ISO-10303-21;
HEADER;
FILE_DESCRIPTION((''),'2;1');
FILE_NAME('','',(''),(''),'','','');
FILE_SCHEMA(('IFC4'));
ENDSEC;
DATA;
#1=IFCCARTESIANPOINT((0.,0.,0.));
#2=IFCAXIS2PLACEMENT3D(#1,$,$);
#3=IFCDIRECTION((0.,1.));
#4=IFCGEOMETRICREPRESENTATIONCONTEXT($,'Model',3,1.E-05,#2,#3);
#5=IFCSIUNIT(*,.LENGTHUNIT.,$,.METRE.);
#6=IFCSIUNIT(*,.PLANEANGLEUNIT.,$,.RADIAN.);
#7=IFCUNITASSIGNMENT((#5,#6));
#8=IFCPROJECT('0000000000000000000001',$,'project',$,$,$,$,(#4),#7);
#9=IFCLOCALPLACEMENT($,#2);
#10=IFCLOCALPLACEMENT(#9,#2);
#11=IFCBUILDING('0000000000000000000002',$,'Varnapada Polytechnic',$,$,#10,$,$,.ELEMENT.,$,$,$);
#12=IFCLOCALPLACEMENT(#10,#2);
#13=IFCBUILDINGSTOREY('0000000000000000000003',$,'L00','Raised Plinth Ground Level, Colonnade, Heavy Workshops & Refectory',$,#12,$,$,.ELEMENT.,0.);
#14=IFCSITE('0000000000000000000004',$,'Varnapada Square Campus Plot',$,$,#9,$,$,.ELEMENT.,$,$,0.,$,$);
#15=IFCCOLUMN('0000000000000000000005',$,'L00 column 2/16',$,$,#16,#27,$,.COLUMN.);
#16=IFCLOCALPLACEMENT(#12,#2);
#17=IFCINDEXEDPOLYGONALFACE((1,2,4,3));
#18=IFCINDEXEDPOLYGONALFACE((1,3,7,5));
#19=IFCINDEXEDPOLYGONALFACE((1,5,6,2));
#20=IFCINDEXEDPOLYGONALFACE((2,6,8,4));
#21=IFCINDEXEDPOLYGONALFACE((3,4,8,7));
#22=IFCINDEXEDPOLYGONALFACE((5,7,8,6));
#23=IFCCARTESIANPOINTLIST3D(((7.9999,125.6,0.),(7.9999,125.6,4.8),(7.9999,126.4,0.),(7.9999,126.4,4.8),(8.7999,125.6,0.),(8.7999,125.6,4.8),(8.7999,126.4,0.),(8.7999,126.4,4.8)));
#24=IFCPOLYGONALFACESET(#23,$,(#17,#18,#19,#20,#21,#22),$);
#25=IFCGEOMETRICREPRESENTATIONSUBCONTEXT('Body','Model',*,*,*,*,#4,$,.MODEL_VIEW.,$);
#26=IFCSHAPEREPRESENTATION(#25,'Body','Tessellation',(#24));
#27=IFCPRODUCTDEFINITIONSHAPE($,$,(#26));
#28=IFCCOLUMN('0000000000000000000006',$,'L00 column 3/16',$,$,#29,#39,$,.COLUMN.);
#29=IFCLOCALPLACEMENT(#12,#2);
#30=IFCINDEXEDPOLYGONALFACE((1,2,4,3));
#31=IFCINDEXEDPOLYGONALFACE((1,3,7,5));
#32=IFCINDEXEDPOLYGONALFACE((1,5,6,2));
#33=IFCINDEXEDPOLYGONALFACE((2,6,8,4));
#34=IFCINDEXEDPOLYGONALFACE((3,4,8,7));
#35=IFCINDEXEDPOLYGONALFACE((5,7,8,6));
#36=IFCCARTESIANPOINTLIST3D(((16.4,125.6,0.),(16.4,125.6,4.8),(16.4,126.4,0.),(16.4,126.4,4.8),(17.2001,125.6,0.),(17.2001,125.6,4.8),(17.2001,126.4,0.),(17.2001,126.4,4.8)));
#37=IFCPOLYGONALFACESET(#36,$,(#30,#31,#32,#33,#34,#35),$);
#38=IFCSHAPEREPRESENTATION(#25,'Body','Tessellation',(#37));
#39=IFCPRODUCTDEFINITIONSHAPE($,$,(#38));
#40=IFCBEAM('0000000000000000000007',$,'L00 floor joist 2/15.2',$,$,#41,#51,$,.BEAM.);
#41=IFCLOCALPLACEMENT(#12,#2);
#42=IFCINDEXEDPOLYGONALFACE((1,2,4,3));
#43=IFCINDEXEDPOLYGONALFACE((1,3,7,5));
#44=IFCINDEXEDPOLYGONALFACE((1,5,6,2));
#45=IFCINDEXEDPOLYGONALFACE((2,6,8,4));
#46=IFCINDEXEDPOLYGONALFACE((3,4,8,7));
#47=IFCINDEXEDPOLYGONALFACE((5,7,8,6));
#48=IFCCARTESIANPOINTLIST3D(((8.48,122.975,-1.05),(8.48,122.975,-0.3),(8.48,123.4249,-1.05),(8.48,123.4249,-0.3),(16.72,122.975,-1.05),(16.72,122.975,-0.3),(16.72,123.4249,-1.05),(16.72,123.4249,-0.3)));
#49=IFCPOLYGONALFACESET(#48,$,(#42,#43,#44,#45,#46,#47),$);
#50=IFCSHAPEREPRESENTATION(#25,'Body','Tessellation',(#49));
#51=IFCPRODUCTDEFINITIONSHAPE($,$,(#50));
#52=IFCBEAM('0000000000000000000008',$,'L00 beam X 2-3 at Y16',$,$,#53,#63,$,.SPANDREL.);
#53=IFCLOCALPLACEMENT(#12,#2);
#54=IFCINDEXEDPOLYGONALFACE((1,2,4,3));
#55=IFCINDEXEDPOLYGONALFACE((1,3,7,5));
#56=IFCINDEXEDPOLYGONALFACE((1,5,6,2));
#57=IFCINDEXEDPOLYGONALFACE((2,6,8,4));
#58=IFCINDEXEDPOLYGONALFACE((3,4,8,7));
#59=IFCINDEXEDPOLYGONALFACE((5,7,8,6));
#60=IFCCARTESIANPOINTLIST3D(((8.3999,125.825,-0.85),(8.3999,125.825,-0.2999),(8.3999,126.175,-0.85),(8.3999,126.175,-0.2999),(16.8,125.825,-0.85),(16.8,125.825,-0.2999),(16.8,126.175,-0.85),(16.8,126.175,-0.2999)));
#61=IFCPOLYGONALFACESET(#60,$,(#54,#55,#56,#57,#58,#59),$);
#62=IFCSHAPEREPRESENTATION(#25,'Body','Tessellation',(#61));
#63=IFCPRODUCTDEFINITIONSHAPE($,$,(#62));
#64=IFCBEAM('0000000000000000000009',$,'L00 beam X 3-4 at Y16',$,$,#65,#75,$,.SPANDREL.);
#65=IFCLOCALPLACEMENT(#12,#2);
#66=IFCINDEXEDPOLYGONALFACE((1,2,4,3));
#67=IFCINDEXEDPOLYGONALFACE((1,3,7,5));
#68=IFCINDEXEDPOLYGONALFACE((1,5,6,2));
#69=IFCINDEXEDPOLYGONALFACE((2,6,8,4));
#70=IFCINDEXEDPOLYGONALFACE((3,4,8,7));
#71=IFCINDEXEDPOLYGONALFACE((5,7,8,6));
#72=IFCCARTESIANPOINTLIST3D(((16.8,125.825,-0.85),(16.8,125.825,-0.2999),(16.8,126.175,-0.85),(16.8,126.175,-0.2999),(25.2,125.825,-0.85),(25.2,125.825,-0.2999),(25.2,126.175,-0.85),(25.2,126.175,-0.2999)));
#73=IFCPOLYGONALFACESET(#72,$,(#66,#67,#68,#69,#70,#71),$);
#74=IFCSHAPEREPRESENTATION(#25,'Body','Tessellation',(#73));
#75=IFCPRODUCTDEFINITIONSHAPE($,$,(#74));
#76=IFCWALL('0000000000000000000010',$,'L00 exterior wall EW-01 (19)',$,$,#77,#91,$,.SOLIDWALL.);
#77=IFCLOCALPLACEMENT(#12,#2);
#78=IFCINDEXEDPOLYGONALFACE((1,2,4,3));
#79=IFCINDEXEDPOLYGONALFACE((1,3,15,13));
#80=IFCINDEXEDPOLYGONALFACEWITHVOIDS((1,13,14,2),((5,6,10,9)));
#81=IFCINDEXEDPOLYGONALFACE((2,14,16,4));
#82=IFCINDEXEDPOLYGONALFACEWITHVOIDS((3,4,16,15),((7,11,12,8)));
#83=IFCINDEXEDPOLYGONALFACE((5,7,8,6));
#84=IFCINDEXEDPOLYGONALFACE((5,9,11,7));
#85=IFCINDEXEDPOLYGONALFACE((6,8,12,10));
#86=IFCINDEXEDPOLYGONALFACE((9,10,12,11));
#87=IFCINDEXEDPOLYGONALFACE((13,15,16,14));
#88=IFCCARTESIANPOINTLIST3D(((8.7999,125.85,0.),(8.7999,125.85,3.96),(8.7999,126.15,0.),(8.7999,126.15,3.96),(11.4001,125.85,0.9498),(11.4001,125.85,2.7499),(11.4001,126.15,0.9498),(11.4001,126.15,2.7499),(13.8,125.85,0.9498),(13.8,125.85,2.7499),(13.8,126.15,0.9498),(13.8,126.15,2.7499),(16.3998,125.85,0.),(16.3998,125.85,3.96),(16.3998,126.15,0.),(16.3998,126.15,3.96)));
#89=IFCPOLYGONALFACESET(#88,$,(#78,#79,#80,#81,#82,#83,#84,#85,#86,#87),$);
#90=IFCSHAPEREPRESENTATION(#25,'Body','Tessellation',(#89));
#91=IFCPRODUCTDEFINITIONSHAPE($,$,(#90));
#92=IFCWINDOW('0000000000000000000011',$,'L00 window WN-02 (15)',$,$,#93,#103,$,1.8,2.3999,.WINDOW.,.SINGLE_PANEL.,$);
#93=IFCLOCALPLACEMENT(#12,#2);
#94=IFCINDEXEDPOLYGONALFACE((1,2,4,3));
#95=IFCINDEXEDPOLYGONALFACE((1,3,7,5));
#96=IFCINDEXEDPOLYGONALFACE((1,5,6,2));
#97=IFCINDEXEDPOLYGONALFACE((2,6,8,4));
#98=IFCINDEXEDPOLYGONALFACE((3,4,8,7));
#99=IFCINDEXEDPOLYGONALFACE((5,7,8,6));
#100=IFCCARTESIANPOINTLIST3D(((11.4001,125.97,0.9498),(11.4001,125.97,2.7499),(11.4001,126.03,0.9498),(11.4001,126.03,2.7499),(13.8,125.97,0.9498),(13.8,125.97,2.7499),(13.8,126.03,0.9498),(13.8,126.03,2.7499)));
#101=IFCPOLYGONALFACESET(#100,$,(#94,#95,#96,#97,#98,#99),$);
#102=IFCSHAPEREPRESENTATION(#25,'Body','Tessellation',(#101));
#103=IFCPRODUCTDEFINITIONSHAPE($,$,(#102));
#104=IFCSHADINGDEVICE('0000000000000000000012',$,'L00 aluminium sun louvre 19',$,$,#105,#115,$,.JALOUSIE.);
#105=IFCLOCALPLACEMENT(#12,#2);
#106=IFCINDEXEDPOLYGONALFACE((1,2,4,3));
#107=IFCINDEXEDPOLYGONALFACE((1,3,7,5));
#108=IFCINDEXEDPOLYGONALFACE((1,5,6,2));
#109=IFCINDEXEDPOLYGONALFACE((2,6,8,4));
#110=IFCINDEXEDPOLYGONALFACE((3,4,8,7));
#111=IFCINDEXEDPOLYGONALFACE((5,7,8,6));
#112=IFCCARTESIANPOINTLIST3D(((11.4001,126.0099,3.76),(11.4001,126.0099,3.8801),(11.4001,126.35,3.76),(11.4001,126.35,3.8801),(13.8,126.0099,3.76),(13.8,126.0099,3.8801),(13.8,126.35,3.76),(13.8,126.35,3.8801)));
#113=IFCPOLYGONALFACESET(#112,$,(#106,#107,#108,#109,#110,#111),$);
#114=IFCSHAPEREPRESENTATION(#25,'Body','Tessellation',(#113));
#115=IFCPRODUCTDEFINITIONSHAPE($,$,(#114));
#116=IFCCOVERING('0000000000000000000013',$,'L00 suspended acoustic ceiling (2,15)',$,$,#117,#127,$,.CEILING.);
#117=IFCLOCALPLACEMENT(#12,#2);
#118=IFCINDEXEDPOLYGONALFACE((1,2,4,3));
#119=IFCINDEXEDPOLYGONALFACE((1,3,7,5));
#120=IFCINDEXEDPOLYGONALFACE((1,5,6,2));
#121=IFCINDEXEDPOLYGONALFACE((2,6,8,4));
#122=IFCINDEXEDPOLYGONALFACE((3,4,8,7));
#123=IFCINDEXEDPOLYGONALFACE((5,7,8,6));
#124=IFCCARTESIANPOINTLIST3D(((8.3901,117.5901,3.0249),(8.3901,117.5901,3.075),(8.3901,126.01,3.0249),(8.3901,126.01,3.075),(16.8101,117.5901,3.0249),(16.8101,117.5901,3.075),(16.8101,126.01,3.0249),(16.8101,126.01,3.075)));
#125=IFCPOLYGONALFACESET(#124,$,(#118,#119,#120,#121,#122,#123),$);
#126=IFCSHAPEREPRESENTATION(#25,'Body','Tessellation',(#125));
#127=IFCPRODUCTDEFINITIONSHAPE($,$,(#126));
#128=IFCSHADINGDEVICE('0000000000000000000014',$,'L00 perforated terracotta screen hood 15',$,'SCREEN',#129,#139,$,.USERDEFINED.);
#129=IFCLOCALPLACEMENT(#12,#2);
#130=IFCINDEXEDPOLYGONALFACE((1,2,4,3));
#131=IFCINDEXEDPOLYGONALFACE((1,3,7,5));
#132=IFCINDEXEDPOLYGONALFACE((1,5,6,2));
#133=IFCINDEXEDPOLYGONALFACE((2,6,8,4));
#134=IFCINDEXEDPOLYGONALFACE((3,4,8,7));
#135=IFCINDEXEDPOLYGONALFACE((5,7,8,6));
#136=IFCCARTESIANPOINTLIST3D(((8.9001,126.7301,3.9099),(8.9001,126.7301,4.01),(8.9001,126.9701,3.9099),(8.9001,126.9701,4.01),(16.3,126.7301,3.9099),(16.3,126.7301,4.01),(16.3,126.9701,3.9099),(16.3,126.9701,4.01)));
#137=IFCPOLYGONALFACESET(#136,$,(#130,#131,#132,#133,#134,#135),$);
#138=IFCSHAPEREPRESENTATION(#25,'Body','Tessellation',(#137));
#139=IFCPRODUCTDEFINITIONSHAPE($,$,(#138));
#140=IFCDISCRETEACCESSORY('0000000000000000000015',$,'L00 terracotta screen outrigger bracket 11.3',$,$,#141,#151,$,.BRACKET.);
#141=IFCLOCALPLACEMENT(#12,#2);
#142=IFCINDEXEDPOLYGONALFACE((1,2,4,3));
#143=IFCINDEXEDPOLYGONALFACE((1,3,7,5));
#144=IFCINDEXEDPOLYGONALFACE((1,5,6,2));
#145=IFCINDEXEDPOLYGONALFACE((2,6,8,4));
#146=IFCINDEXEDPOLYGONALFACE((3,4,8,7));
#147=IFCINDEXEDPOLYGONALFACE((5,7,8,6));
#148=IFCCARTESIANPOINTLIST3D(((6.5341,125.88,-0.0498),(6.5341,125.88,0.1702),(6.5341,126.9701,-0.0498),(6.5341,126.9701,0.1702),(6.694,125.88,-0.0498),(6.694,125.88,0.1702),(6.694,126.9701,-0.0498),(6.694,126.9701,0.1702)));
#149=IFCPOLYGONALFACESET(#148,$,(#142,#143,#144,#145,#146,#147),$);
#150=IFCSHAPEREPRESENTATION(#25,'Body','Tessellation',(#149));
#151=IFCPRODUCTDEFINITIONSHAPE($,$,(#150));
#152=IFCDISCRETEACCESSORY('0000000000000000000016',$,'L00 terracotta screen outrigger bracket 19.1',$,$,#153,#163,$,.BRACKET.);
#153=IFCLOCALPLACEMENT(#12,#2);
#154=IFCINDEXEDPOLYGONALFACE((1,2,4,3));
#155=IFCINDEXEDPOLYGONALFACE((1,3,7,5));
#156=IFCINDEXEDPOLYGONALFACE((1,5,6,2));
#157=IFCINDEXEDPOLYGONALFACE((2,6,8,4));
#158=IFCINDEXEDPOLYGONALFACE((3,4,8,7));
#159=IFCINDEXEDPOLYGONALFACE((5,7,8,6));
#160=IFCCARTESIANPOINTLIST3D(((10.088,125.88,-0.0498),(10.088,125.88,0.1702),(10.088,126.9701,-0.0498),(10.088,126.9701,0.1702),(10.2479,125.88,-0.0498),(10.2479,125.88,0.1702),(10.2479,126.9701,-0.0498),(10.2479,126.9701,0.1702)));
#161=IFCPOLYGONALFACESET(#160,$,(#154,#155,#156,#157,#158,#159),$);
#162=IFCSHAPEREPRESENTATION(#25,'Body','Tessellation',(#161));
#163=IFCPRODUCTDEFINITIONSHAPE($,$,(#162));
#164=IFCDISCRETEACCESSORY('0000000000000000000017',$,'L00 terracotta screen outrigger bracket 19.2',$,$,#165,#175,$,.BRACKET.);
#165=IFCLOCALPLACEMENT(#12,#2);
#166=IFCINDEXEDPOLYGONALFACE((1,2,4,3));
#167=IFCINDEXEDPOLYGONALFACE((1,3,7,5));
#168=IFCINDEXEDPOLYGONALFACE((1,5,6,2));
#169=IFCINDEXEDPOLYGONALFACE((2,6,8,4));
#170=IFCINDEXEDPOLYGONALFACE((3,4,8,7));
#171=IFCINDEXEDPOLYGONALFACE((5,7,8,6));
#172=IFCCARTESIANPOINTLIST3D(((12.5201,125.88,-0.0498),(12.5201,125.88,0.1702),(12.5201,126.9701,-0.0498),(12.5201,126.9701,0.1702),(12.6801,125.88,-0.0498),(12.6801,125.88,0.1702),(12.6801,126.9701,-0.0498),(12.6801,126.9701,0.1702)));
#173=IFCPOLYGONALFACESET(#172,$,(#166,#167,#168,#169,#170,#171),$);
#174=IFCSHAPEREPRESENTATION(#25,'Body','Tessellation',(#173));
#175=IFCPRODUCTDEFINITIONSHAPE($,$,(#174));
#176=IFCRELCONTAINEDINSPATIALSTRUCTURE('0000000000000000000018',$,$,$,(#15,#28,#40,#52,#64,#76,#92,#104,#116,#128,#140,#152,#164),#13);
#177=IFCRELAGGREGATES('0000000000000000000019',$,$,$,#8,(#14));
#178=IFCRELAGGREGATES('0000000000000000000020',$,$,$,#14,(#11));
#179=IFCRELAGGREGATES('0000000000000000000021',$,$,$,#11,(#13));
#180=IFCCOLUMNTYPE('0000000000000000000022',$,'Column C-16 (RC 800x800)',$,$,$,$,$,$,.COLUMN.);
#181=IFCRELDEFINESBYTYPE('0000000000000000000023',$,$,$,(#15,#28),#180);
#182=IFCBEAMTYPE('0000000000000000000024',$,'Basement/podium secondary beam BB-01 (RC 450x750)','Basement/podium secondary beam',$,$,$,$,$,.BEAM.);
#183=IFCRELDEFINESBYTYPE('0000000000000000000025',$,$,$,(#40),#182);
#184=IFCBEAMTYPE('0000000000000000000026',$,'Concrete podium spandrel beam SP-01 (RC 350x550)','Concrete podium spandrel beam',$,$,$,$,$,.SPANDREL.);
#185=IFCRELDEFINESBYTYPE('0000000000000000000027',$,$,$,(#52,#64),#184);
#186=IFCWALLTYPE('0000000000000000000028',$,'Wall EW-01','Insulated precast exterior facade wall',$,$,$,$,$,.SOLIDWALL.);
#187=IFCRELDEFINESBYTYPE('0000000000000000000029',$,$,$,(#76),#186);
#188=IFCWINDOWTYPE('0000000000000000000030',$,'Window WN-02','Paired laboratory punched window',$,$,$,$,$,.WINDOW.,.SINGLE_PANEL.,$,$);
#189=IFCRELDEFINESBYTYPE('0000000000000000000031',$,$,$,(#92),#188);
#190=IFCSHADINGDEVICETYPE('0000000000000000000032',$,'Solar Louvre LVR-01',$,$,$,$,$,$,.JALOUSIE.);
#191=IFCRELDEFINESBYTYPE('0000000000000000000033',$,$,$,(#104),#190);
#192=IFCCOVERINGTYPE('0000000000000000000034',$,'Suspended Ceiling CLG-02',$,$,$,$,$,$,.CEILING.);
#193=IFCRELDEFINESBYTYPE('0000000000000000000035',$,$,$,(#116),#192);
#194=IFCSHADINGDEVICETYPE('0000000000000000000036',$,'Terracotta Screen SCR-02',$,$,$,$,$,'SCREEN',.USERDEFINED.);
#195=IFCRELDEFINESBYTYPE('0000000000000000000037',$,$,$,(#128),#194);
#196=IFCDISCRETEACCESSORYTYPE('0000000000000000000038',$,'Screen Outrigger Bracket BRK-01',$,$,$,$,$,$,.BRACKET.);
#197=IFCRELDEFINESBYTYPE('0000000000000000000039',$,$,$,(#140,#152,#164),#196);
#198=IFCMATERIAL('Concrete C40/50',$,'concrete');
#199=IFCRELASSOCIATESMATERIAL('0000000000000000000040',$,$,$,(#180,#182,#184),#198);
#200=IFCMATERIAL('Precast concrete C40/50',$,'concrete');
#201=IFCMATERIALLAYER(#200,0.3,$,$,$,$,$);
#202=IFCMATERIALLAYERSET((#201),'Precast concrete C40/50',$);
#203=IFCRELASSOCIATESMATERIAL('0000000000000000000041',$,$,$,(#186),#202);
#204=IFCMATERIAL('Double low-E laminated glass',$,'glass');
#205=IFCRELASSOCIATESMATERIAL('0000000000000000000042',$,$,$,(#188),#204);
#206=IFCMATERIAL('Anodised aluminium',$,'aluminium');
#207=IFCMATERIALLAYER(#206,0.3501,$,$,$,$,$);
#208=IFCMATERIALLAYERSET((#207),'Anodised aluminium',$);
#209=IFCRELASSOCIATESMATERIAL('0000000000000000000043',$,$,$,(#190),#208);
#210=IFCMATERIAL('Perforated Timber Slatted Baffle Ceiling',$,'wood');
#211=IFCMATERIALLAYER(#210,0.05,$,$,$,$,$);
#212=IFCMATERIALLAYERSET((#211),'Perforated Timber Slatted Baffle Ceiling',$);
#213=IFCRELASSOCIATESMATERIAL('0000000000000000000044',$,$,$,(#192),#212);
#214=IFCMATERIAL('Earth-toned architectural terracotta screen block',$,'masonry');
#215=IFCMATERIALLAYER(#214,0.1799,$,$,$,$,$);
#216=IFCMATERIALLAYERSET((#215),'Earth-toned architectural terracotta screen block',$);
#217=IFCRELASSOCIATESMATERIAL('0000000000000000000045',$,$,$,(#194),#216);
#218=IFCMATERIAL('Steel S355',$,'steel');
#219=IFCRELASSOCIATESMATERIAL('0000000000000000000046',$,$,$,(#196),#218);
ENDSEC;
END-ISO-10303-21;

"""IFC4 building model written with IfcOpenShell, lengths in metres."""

from ifc_helpers import new_model, si_unit, direction, frame, frame_2d, origin, origin_2d, place, context, subcontext, project, spatial, rectangle, extrude, material, layer, layer_set, material_profile, profile_set, type_object, element, fill, save


model = new_model("IFC4")

# Units and contexts
model_context = context("Model", 3, precision=1e-05, world=origin(), true_north=direction((0.0, 1.0)))
body_context = subcontext(model_context, "Body", "Model", "MODEL_VIEW")
ifc_project = project(units=[si_unit("LENGTHUNIT", "METRE"), si_unit("PLANEANGLEUNIT", "RADIAN")], contexts=[model_context])

# Site, building, storey
site_placement = place(None, origin())
site = spatial("IfcSite", under=ifc_project, at=site_placement, Name="Varnapada Square Campus Plot", CompositionType="ELEMENT", RefElevation=0.0)
building_placement = place(site_placement, origin())
building = spatial("IfcBuilding", under=site, at=building_placement, Name="Varnapada Polytechnic", CompositionType="ELEMENT")
storey_placement = place(building_placement, origin())
storey = spatial("IfcBuildingStorey", under=building, at=storey_placement, Name="L00", Description="Raised Plinth Ground Level, Colonnade, Heavy Workshops & Refectory", CompositionType="ELEMENT", Elevation=0.0)

# Columns
ifc_material_1 = material(Name="Concrete C40/50", Category="concrete")
ifc_material_profile_1 = material_profile(ifc_material_1, rectangle(XDim=0.8, YDim=0.8, at=origin_2d()), Name="RC 800x800")
ifc_profile_set_1 = profile_set([ifc_material_profile_1], Name="Concrete C40/50")
column_type = type_object("IfcColumnType", Name="Column C-16 (RC 800x800)", PredefinedType="COLUMN", material=ifc_profile_set_1)
for number, where, z_axis, x_axis, name in (
    (1, (8.3999, 126.0, 0.0), (0.0, 0.0, 1.0), (1.0, 0.0, 0.0), "L00 column 2/16"),
    (2, (16.8, 126.0, 0.0), (0.0, 0.0, 1.0), (1.0, 0.0, 0.0), "L00 column 3/16"),
):
    element("IfcColumn", number, at=place(storey_placement, frame(where, z_axis=z_axis, x_axis=x_axis)), inside=storey, type_object=column_type, Name=name, PredefinedType="COLUMN", context=body_context, shape_type="SweptSolid", body=[
        extrude(rectangle(XDim=0.8, YDim=0.8, at=origin_2d()), origin(), (0.0, 0.0, 1.0), 4.8),
    ])

# Beams
ifc_material_profile_2 = material_profile(ifc_material_1, rectangle(XDim=0.45, YDim=0.75, at=origin_2d()), Name="RC 450x750")
ifc_profile_set_2 = profile_set([ifc_material_profile_2], Name="Concrete C40/50")
beam_type_1 = type_object("IfcBeamType", Name="Basement/podium secondary beam BB-01 (RC 450x750)", Description="Basement/podium secondary beam", PredefinedType="BEAM", material=ifc_profile_set_2)
beam_1_placement = place(storey_placement, frame((8.48, 123.2, -0.675), z_axis=(1.0, 0.0, 0.0), x_axis=(0.0, 1.0, 0.0)))
element("IfcBeam", 3, at=beam_1_placement, inside=storey, type_object=beam_type_1, Name="L00 floor joist 2/15.2", PredefinedType="BEAM", context=body_context, shape_type="SweptSolid", body=[
    extrude(rectangle(XDim=0.45, YDim=0.75, at=origin_2d()), origin(), (0.0, 0.0, 1.0), 8.24),
])
ifc_material_profile_3 = material_profile(ifc_material_1, rectangle(XDim=0.3501, YDim=0.55, at=origin_2d()), Name="RC 350x550")
ifc_profile_set_3 = profile_set([ifc_material_profile_3], Name="Concrete C40/50")
beam_type_2 = type_object("IfcBeamType", Name="Concrete podium spandrel beam SP-01 (RC 350x550)", Description="Concrete podium spandrel beam", PredefinedType="SPANDREL", material=ifc_profile_set_3)
beam_2_placement = place(storey_placement, frame((8.3999, 126.0, -0.575), z_axis=(1.0, 0.0, 0.0), x_axis=(0.0, 1.0, 0.0)))
element("IfcBeam", 4, at=beam_2_placement, inside=storey, type_object=beam_type_2, Name="L00 beam X 2-3 at Y16", PredefinedType="SPANDREL", context=body_context, shape_type="SweptSolid", body=[
    extrude(rectangle(XDim=0.3501, YDim=0.55, at=origin_2d()), origin(), (0.0, 0.0, 1.0), 8.4001),
])
beam_3_placement = place(storey_placement, frame((16.8, 126.0, -0.575), z_axis=(1.0, 0.0, 0.0), x_axis=(0.0, 1.0, 0.0)))
element("IfcBeam", 5, at=beam_3_placement, inside=storey, type_object=beam_type_2, Name="L00 beam X 3-4 at Y16", PredefinedType="SPANDREL", context=body_context, shape_type="SweptSolid", body=[
    extrude(rectangle(XDim=0.3501, YDim=0.55, at=origin_2d()), origin(), (0.0, 0.0, 1.0), 8.3999),
])

# Wall, opening, window
ifc_material_2 = material(Name="Precast concrete C40/50", Category="concrete")
ifc_layer_1 = layer(ifc_material_2, 0.3)
ifc_layer_set_1 = layer_set([ifc_layer_1], Name="Precast concrete C40/50")
wall_type = type_object("IfcWallType", Name="Wall EW-01", Description="Insulated precast exterior facade wall", PredefinedType="SOLIDWALL", material=ifc_layer_set_1)
wall_placement = place(storey_placement, frame((8.8, 126.0, 0.0), z_axis=(0.0, 0.0, 1.0), x_axis=(1.0, 0.0, 0.0)))
wall = element("IfcWall", 6, at=wall_placement, inside=storey, type_object=wall_type, Name="L00 exterior wall EW-01 (19)", PredefinedType="SOLIDWALL", context=body_context, shape_type="SweptSolid", body=[
    extrude(rectangle(XDim=7.5999, YDim=0.3, at=frame_2d((3.7998, 0.0))), origin(), (0.0, 0.0, 1.0), 3.96),
])
opening_1_placement = place(wall_placement, frame((2.6001, 0.0, 0.95)))
opening_1 = element("IfcOpeningElement", 7, at=opening_1_placement, cuts=wall, PredefinedType="OPENING", context=body_context, shape_type="SweptSolid", body=[
    extrude(rectangle(XDim=2.3999, YDim=1.8, at=frame_2d((1.2, 0.8999))), frame((0.0, 0.1599, 0.0), z_axis=(0.0, -1.0, 0.0), x_axis=(1.0, 0.0, 0.0)), (0.0, 0.0, 1.0), 0.3201),
])
ifc_material_3 = material(Name="Double low-E laminated glass", Category="glass")
window_type = type_object("IfcWindowType", Name="Window WN-02", Description="Paired laboratory punched window", PartitioningType="SINGLE_PANEL", PredefinedType="WINDOW", material=ifc_material_3)
window_placement = place(opening_1_placement, origin())
window = element("IfcWindow", 8, at=window_placement, inside=storey, type_object=window_type, Name="L00 window WN-02 (15)", OverallHeight=1.8, OverallWidth=2.3999, PartitioningType="SINGLE_PANEL", PredefinedType="WINDOW", context=body_context, shape_type="SweptSolid", body=[
    extrude(rectangle(XDim=2.3999, YDim=1.8, at=frame_2d((1.2, 0.8999))), frame((0.0, 0.03, 0.0), z_axis=(0.0, -1.0, 0.0), x_axis=(1.0, 0.0, 0.0)), (0.0, 0.0, 1.0), 0.0601),
])
fill(opening_1, window)

# Shading device
ifc_material_4 = material(Name="Anodised aluminium", Category="aluminium")
ifc_layer_2 = layer(ifc_material_4, 0.3501)
ifc_layer_set_2 = layer_set([ifc_layer_2], Name="Anodised aluminium")
shading_device_type_1 = type_object("IfcShadingDeviceType", Name="Solar Louvre LVR-01", PredefinedType="JALOUSIE", material=ifc_layer_set_2)
shading_device_1_placement = place(storey_placement, frame((12.6001, 126.1799, 3.76), z_axis=(0.0, 0.0, 1.0), x_axis=(1.0, 0.0, 0.0)))
element("IfcShadingDevice", 9, at=shading_device_1_placement, inside=storey, type_object=shading_device_type_1, Name="L00 aluminium sun louvre 19", PredefinedType="JALOUSIE", context=body_context, shape_type="SweptSolid", body=[
    extrude(rectangle(XDim=2.3999, YDim=0.3401, at=origin_2d()), origin(), (0.0, 0.0, 1.0), 0.1201),
])

# Covering
ifc_material_5 = material(Name="Perforated Timber Slatted Baffle Ceiling", Category="wood")
ifc_layer_3 = layer(ifc_material_5, 0.05)
ifc_layer_set_3 = layer_set([ifc_layer_3], Name="Perforated Timber Slatted Baffle Ceiling")
covering_type_1 = type_object("IfcCoveringType", Name="Suspended Ceiling CLG-02", PredefinedType="CEILING", material=ifc_layer_set_3)
covering_1_placement = place(storey_placement, frame((12.6001, 121.8, 3.0249), z_axis=(0.0, 0.0, 1.0), x_axis=(1.0, 0.0, 0.0)))
element("IfcCovering", 10, at=covering_1_placement, inside=storey, type_object=covering_type_1, Name="L00 suspended acoustic ceiling (2,15)", PredefinedType="CEILING", context=body_context, shape_type="SweptSolid", body=[
    extrude(rectangle(XDim=8.4199, YDim=8.4199, at=origin_2d()), origin(), (0.0, 0.0, 1.0), 0.05),
])

# Shared definitions
ifc_material_6 = material(Name="Earth-toned architectural terracotta screen block", Category="masonry")

# Shading device
ifc_layer_4 = layer(ifc_material_6, 0.1799)
ifc_layer_set_4 = layer_set([ifc_layer_4], Name="Earth-toned architectural terracotta screen block")
shading_device_type_2 = type_object("IfcShadingDeviceType", Name="Terracotta Screen SCR-02", ElementType="SCREEN", PredefinedType="USERDEFINED", material=ifc_layer_set_4)
shading_device_2_placement = place(storey_placement, frame((12.6001, 126.8501, 3.9099), z_axis=(0.0, 0.0, 1.0), x_axis=(1.0, 0.0, 0.0)))
element("IfcShadingDevice", 11, at=shading_device_2_placement, inside=storey, type_object=shading_device_type_2, Name="L00 perforated terracotta screen hood 15", ObjectType="SCREEN", PredefinedType="USERDEFINED", context=body_context, shape_type="SweptSolid", body=[
    extrude(rectangle(XDim=7.3999, YDim=0.24, at=origin_2d()), origin(), (0.0, 0.0, 1.0), 0.1001),
])

# Discrete accessories
ifc_material_7 = material(Name="Steel S355", Category="steel")
discrete_accessory_type = type_object("IfcDiscreteAccessoryType", Name="Screen Outrigger Bracket BRK-01", PredefinedType="BRACKET", material=ifc_material_7)
for number, where, z_axis, x_axis, name in (
    (12, (6.614, 126.425, -0.0498), (0.0, 0.0, 1.0), (1.0, 0.0, 0.0), "L00 terracotta screen outrigger bracket 11.3"),
    (13, (10.168, 126.425, -0.0498), (0.0, 0.0, 1.0), (1.0, 0.0, 0.0), "L00 terracotta screen outrigger bracket 19.1"),
    (14, (12.6001, 126.425, -0.0498), (0.0, 0.0, 1.0), (1.0, 0.0, 0.0), "L00 terracotta screen outrigger bracket 19.2"),
):
    element("IfcDiscreteAccessory", number, at=place(storey_placement, frame(where, z_axis=z_axis, x_axis=x_axis)), inside=storey, type_object=discrete_accessory_type, Name=name, PredefinedType="BRACKET", context=body_context, shape_type="SweptSolid", body=[
        extrude(rectangle(XDim=0.1599, YDim=1.0901, at=origin_2d()), origin(), (0.0, 0.0, 1.0), 0.22),
    ])

save(model, "model.ifc")
